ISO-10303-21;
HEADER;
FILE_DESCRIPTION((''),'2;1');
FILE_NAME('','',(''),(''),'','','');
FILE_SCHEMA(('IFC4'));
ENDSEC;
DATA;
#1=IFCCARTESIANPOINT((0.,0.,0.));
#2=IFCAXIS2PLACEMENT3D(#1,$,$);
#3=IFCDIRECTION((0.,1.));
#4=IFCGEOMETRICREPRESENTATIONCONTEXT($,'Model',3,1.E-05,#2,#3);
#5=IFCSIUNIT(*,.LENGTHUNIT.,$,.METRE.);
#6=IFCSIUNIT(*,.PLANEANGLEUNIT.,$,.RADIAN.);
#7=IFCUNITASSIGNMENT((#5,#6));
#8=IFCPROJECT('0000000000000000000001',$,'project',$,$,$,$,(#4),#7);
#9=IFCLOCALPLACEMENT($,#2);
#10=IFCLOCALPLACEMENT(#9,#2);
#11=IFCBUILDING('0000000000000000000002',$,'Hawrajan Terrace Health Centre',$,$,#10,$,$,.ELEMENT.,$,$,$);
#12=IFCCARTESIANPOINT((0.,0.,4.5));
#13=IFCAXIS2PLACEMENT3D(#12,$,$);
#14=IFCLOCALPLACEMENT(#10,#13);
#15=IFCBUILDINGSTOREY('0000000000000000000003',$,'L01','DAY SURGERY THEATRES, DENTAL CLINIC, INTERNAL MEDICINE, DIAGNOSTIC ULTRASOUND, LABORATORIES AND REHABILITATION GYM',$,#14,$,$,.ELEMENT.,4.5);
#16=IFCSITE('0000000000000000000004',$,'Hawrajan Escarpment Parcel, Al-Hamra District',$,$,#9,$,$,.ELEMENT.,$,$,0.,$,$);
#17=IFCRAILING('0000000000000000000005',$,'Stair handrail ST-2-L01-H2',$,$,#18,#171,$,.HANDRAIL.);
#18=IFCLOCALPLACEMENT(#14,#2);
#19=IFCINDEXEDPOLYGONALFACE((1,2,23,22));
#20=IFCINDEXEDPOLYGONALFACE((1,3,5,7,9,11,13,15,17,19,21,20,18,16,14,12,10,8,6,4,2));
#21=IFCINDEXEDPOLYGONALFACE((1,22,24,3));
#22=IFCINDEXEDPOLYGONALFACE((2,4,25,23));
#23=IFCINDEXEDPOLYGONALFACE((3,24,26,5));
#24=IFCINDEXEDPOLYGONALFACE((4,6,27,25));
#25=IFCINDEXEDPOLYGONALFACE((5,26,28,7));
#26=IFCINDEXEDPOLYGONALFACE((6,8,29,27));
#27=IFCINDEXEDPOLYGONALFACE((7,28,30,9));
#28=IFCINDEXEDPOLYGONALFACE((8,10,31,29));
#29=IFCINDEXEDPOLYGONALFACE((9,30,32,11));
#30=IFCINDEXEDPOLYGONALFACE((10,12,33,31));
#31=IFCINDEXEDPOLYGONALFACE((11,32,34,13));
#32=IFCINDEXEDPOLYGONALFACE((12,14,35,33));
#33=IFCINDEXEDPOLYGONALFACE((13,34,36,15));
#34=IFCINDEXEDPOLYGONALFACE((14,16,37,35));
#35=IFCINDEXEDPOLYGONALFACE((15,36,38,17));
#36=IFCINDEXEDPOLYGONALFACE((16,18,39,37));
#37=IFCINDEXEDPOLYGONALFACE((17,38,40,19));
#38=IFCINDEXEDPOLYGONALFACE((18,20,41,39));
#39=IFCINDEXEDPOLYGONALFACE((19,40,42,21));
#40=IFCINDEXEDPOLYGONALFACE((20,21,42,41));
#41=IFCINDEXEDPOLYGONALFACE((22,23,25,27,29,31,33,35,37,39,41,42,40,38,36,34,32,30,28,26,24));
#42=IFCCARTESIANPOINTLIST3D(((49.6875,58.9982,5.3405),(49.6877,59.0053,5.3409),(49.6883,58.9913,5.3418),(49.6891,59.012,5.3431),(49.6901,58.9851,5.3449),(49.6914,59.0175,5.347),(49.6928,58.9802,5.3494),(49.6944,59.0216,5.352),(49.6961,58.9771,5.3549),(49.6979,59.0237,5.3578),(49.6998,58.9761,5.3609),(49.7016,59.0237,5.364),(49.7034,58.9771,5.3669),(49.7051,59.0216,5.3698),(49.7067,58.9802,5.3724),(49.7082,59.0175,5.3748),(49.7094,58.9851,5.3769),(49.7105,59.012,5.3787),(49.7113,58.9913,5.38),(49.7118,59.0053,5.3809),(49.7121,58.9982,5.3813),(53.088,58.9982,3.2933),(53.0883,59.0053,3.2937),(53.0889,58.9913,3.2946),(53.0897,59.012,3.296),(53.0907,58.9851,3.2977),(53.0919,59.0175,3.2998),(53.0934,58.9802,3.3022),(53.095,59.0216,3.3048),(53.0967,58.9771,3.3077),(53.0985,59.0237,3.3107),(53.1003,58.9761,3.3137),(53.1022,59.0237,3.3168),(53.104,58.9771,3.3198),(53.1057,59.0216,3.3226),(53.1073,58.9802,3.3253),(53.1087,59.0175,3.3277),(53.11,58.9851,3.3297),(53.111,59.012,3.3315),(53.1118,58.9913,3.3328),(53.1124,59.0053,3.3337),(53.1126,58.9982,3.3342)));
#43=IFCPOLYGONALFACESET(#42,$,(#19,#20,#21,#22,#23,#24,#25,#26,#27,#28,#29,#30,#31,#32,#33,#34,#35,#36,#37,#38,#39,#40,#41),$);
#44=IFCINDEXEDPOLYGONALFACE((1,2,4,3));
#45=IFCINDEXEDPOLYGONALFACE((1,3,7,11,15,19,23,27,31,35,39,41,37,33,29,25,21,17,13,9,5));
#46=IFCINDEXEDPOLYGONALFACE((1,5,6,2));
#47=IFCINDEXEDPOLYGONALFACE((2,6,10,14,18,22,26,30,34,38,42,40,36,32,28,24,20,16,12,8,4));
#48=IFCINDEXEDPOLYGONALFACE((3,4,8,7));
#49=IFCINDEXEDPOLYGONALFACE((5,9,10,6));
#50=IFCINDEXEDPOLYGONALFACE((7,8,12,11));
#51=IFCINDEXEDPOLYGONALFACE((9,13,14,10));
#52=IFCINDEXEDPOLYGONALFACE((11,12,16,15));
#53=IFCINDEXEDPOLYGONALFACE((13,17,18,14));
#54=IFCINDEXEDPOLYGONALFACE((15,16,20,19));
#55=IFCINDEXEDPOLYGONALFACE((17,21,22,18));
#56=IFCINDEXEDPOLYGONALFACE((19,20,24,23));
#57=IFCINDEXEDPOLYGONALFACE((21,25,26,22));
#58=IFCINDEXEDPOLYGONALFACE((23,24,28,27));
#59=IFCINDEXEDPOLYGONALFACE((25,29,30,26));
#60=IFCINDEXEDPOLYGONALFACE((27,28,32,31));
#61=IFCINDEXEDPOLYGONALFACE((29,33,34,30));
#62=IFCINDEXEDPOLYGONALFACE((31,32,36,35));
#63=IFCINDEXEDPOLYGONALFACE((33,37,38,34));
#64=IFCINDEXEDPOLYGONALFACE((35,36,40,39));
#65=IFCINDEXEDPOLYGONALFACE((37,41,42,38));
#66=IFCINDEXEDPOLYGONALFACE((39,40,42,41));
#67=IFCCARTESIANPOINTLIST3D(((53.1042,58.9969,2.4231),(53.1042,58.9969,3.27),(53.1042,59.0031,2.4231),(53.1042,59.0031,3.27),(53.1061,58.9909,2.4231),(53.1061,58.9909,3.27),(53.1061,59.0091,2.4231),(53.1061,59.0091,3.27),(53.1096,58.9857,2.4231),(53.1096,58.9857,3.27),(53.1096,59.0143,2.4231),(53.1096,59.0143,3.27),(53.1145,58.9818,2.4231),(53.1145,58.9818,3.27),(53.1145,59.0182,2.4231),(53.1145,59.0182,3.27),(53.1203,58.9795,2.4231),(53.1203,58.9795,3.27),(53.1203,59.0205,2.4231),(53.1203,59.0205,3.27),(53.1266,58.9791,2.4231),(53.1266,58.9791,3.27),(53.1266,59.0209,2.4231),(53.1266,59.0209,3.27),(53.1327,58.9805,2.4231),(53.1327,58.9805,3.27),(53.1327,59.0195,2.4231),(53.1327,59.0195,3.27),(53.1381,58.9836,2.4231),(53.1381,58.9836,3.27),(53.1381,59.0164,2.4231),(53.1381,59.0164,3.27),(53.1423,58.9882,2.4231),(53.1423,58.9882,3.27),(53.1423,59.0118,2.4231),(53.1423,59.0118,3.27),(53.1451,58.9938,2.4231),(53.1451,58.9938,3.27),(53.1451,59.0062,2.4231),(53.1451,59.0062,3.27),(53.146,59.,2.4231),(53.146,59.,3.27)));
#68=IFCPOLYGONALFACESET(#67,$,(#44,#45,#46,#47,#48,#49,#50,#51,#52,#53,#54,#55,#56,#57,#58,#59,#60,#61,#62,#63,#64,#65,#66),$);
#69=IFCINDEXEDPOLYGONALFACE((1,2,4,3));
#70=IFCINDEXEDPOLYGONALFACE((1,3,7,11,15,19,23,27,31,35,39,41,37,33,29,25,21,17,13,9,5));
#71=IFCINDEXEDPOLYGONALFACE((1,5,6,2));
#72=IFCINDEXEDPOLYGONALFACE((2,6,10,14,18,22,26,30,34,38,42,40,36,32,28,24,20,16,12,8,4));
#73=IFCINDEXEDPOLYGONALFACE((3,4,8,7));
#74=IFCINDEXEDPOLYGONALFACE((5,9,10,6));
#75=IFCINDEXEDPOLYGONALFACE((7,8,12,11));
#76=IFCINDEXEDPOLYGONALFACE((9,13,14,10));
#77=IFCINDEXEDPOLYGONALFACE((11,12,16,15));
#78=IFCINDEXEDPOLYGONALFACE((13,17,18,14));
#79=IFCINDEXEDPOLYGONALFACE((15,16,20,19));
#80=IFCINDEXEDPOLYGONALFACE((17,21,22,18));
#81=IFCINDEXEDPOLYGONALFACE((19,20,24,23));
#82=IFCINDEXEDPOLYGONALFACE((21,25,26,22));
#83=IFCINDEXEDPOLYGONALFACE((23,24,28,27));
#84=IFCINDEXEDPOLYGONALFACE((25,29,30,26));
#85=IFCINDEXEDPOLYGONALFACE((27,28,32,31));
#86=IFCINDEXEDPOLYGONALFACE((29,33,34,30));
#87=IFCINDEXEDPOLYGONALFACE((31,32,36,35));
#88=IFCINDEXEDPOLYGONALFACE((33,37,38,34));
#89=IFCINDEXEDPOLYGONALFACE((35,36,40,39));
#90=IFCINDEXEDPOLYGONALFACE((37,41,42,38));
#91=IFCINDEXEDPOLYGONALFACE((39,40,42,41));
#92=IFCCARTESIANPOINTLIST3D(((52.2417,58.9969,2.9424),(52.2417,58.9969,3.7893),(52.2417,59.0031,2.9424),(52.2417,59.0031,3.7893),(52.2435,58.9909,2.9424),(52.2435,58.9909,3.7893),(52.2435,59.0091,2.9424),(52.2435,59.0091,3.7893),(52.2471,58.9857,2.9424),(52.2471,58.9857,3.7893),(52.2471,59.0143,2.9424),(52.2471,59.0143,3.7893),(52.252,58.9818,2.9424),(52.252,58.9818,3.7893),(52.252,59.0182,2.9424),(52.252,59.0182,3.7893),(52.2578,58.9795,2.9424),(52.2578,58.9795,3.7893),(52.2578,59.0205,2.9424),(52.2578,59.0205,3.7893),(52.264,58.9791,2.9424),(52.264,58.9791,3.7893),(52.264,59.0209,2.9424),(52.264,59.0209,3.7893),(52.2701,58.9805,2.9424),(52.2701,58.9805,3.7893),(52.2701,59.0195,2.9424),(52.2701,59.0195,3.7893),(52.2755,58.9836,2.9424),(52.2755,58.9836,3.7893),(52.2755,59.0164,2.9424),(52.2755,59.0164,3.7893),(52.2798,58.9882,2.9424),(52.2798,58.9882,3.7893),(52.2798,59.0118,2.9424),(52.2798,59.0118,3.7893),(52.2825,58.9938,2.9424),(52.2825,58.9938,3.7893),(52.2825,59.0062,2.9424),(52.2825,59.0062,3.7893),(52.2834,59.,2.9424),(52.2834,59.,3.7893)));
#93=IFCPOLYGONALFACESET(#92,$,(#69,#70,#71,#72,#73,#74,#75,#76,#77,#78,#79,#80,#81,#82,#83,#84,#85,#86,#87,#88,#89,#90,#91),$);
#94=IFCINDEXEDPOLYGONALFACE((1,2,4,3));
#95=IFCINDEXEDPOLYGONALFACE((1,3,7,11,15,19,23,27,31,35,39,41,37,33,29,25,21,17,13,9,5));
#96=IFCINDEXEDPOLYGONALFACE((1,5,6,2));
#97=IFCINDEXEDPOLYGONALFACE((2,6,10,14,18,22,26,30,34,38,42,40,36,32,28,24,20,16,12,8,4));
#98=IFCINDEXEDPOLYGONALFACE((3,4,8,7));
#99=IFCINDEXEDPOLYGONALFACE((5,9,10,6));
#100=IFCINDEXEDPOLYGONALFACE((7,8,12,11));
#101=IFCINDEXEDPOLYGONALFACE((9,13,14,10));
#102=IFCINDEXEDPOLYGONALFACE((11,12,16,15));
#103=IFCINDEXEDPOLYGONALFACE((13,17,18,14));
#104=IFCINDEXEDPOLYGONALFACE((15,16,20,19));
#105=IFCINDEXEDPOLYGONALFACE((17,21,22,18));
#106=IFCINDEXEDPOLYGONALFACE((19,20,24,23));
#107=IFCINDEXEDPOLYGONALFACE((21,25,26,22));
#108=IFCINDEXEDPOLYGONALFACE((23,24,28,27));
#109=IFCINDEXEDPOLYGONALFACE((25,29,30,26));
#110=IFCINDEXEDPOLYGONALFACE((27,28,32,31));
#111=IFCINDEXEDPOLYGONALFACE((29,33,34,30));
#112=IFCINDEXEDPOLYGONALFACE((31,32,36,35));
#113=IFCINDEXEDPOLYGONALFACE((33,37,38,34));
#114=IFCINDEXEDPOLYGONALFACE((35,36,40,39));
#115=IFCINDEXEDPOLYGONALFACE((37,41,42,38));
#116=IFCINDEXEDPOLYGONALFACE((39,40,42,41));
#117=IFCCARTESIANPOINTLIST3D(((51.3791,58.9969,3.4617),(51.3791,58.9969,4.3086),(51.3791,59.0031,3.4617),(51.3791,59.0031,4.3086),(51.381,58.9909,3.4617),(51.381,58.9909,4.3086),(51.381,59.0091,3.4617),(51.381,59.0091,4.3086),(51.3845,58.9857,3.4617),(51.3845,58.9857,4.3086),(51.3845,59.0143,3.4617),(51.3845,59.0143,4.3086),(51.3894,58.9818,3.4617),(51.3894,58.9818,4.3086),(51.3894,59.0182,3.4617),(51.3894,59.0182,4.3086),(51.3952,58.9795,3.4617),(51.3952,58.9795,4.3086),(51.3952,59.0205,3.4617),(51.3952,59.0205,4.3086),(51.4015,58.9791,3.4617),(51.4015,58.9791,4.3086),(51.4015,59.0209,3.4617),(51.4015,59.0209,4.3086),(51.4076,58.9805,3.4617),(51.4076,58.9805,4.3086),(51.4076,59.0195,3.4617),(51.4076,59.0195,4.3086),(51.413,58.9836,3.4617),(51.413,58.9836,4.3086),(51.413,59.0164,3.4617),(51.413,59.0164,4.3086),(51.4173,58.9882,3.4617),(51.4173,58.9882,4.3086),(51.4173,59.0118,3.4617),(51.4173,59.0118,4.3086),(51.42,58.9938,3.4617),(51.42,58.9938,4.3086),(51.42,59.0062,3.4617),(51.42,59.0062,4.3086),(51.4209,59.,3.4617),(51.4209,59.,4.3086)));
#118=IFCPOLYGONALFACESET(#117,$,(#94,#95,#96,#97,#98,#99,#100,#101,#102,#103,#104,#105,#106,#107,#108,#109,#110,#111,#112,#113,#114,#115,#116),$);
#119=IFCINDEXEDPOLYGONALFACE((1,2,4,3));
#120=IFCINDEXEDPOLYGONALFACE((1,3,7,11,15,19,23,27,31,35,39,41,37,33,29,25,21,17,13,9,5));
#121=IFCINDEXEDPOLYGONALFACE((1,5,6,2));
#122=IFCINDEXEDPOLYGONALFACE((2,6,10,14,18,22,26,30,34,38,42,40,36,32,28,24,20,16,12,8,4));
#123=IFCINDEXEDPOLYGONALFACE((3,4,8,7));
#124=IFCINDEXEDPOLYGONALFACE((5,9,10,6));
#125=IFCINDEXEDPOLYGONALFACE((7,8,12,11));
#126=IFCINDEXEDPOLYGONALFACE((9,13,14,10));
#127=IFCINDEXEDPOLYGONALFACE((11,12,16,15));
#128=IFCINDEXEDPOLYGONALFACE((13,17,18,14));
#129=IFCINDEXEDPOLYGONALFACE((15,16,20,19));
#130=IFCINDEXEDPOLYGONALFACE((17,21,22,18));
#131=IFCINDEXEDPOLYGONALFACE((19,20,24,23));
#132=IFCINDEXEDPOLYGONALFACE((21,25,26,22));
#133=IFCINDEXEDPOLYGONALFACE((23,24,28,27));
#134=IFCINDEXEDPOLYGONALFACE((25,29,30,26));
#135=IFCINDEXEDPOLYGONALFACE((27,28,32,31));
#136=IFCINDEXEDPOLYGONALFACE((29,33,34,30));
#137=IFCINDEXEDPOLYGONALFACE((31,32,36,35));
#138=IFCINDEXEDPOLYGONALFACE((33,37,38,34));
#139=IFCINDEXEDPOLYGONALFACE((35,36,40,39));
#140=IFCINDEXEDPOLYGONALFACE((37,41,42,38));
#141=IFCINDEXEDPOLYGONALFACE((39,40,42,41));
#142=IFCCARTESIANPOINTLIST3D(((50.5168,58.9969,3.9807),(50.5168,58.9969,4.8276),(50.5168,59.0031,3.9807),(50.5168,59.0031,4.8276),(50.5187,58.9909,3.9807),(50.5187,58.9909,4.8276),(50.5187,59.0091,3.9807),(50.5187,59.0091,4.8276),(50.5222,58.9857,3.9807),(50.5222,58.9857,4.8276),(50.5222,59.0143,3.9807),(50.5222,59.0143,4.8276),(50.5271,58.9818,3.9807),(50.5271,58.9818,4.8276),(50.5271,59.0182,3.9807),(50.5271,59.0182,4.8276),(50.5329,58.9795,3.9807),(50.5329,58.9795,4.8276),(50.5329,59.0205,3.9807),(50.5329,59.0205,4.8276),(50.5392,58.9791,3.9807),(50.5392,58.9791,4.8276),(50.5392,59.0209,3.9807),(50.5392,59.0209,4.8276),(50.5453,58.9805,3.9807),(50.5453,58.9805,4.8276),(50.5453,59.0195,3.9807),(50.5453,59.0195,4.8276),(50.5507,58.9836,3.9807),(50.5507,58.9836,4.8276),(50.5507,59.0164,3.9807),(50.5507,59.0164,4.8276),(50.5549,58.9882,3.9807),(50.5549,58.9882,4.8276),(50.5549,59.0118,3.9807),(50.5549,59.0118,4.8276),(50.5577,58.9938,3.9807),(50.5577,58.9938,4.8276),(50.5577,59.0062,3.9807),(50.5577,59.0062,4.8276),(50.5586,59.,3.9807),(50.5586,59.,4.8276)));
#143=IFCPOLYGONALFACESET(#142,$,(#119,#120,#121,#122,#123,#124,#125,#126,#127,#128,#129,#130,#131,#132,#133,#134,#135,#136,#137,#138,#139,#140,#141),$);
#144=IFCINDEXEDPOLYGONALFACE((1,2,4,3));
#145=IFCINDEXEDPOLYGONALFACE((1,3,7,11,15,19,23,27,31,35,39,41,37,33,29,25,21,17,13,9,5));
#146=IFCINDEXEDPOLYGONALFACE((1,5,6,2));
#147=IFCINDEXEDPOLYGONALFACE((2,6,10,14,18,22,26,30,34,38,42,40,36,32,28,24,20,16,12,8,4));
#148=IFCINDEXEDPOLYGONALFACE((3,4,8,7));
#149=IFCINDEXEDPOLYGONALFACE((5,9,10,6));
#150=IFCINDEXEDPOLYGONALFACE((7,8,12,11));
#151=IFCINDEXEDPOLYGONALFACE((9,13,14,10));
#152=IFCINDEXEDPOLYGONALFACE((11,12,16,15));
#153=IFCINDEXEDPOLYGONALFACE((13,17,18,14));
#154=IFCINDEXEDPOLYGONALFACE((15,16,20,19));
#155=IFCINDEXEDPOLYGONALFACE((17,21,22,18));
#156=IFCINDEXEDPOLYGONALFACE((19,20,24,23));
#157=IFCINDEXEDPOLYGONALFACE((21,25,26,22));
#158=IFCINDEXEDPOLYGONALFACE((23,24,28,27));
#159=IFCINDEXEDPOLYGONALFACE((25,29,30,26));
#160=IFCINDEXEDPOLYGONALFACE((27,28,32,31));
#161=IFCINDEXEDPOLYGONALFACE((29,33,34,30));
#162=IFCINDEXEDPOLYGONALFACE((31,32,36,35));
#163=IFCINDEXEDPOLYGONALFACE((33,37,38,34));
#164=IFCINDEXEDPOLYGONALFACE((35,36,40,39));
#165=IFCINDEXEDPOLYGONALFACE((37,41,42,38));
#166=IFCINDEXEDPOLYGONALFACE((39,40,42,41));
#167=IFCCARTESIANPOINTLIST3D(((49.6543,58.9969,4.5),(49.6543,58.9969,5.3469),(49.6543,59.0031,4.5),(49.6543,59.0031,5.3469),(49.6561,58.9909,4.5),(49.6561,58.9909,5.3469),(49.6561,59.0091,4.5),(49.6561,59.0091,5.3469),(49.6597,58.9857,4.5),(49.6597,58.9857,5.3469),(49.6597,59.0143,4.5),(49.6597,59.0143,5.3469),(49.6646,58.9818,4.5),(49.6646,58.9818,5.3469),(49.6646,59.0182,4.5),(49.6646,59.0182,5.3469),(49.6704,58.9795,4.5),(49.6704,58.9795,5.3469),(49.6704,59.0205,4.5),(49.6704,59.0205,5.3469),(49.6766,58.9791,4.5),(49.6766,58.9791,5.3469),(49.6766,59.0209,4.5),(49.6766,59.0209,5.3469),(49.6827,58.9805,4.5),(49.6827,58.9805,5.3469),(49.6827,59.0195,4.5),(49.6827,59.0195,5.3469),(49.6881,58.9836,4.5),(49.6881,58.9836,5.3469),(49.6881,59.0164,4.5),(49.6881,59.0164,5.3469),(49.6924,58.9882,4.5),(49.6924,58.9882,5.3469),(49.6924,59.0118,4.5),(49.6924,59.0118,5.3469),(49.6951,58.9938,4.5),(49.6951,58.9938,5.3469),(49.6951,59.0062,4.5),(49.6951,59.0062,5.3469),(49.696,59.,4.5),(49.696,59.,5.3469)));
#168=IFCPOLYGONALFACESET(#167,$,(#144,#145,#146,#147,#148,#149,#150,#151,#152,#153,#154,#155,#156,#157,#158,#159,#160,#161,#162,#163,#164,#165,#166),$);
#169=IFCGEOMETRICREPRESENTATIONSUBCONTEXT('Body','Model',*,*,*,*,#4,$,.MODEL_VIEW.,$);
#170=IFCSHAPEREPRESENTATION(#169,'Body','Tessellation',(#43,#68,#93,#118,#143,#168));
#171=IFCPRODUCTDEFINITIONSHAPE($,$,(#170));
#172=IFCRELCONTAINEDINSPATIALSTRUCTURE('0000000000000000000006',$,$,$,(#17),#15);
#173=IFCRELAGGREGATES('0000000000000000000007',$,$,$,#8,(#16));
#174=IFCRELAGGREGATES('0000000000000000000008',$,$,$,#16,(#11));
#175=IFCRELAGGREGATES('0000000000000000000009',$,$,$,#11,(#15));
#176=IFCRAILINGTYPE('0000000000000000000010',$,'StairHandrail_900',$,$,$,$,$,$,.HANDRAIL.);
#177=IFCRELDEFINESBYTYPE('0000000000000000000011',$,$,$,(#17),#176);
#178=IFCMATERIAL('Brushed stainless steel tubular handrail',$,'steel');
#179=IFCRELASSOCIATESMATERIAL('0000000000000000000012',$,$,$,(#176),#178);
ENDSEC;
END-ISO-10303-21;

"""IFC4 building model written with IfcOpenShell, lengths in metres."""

from ifc_helpers import new_model, si_unit, direction, frame, origin, origin_2d, place, context, subcontext, project, spatial, circle, extrude, material, type_object, element, save


model = new_model("IFC4")

# Units and contexts
model_context = context("Model", 3, precision=1e-05, world=origin(), true_north=direction((0.0, 1.0)))
body_context = subcontext(model_context, "Body", "Model", "MODEL_VIEW")
ifc_project = project(units=[si_unit("LENGTHUNIT", "METRE"), si_unit("PLANEANGLEUNIT", "RADIAN")], contexts=[model_context])

# Site, building, storey
site_placement = place(None, origin())
site = spatial("IfcSite", under=ifc_project, at=site_placement, Name="Hawrajan Escarpment Parcel, Al-Hamra District", CompositionType="ELEMENT", RefElevation=0.0)
building_placement = place(site_placement, origin())
building = spatial("IfcBuilding", under=site, at=building_placement, Name="Hawrajan Terrace Health Centre", CompositionType="ELEMENT")
storey_placement = place(building_placement, frame((0.0, 0.0, 4.5)))
storey = spatial("IfcBuildingStorey", under=building, at=storey_placement, Name="L01", Description="DAY SURGERY THEATRES, DENTAL CLINIC, INTERNAL MEDICINE, DIAGNOSTIC ULTRASOUND, LABORATORIES AND REHABILITATION GYM", CompositionType="ELEMENT", Elevation=4.5)

# Railing
ifc_material_1 = material(Name="Brushed stainless steel tubular handrail", Category="steel")
railing_type_1 = type_object("IfcRailingType", Name="StairHandrail_900", PredefinedType="HANDRAIL", material=ifc_material_1)
railing_1_placement = place(storey_placement, frame((53.125, 59.0, 2.4231)))
element("IfcRailing", 1, at=railing_1_placement, inside=storey, type_object=railing_type_1, Name="Stair handrail ST-2-L01-H2", PredefinedType="HANDRAIL", context=body_context, shape_type="SweptSolid", body=[
    extrude(circle(Radius=0.0239, at=origin_2d()), frame((-0.0247, 0.0, 0.8906), z_axis=(-0.856732, 0.0, 0.515761), x_axis=(0.0, -1.0, 0.0)), (0.0, 0.0, 1.0), 3.9692),
    extrude(circle(Radius=0.021, at=origin_2d()), origin(), (0.0, 0.0, 1.0), 0.8469),
    extrude(circle(Radius=0.021, at=origin_2d()), frame((-0.8625, 0.0, 0.5193)), (0.0, 0.0, 1.0), 0.8469),
    extrude(circle(Radius=0.021, at=origin_2d()), frame((-1.7251, 0.0, 1.0386)), (0.0, 0.0, 1.0), 0.8469),
    extrude(circle(Radius=0.021, at=origin_2d()), frame((-2.5874, 0.0, 1.5576)), (0.0, 0.0, 1.0), 0.8469),
    extrude(circle(Radius=0.021, at=origin_2d()), frame((-3.45, 0.0, 2.0769)), (0.0, 0.0, 1.0), 0.8469),
])

save(model, "model.ifc")
